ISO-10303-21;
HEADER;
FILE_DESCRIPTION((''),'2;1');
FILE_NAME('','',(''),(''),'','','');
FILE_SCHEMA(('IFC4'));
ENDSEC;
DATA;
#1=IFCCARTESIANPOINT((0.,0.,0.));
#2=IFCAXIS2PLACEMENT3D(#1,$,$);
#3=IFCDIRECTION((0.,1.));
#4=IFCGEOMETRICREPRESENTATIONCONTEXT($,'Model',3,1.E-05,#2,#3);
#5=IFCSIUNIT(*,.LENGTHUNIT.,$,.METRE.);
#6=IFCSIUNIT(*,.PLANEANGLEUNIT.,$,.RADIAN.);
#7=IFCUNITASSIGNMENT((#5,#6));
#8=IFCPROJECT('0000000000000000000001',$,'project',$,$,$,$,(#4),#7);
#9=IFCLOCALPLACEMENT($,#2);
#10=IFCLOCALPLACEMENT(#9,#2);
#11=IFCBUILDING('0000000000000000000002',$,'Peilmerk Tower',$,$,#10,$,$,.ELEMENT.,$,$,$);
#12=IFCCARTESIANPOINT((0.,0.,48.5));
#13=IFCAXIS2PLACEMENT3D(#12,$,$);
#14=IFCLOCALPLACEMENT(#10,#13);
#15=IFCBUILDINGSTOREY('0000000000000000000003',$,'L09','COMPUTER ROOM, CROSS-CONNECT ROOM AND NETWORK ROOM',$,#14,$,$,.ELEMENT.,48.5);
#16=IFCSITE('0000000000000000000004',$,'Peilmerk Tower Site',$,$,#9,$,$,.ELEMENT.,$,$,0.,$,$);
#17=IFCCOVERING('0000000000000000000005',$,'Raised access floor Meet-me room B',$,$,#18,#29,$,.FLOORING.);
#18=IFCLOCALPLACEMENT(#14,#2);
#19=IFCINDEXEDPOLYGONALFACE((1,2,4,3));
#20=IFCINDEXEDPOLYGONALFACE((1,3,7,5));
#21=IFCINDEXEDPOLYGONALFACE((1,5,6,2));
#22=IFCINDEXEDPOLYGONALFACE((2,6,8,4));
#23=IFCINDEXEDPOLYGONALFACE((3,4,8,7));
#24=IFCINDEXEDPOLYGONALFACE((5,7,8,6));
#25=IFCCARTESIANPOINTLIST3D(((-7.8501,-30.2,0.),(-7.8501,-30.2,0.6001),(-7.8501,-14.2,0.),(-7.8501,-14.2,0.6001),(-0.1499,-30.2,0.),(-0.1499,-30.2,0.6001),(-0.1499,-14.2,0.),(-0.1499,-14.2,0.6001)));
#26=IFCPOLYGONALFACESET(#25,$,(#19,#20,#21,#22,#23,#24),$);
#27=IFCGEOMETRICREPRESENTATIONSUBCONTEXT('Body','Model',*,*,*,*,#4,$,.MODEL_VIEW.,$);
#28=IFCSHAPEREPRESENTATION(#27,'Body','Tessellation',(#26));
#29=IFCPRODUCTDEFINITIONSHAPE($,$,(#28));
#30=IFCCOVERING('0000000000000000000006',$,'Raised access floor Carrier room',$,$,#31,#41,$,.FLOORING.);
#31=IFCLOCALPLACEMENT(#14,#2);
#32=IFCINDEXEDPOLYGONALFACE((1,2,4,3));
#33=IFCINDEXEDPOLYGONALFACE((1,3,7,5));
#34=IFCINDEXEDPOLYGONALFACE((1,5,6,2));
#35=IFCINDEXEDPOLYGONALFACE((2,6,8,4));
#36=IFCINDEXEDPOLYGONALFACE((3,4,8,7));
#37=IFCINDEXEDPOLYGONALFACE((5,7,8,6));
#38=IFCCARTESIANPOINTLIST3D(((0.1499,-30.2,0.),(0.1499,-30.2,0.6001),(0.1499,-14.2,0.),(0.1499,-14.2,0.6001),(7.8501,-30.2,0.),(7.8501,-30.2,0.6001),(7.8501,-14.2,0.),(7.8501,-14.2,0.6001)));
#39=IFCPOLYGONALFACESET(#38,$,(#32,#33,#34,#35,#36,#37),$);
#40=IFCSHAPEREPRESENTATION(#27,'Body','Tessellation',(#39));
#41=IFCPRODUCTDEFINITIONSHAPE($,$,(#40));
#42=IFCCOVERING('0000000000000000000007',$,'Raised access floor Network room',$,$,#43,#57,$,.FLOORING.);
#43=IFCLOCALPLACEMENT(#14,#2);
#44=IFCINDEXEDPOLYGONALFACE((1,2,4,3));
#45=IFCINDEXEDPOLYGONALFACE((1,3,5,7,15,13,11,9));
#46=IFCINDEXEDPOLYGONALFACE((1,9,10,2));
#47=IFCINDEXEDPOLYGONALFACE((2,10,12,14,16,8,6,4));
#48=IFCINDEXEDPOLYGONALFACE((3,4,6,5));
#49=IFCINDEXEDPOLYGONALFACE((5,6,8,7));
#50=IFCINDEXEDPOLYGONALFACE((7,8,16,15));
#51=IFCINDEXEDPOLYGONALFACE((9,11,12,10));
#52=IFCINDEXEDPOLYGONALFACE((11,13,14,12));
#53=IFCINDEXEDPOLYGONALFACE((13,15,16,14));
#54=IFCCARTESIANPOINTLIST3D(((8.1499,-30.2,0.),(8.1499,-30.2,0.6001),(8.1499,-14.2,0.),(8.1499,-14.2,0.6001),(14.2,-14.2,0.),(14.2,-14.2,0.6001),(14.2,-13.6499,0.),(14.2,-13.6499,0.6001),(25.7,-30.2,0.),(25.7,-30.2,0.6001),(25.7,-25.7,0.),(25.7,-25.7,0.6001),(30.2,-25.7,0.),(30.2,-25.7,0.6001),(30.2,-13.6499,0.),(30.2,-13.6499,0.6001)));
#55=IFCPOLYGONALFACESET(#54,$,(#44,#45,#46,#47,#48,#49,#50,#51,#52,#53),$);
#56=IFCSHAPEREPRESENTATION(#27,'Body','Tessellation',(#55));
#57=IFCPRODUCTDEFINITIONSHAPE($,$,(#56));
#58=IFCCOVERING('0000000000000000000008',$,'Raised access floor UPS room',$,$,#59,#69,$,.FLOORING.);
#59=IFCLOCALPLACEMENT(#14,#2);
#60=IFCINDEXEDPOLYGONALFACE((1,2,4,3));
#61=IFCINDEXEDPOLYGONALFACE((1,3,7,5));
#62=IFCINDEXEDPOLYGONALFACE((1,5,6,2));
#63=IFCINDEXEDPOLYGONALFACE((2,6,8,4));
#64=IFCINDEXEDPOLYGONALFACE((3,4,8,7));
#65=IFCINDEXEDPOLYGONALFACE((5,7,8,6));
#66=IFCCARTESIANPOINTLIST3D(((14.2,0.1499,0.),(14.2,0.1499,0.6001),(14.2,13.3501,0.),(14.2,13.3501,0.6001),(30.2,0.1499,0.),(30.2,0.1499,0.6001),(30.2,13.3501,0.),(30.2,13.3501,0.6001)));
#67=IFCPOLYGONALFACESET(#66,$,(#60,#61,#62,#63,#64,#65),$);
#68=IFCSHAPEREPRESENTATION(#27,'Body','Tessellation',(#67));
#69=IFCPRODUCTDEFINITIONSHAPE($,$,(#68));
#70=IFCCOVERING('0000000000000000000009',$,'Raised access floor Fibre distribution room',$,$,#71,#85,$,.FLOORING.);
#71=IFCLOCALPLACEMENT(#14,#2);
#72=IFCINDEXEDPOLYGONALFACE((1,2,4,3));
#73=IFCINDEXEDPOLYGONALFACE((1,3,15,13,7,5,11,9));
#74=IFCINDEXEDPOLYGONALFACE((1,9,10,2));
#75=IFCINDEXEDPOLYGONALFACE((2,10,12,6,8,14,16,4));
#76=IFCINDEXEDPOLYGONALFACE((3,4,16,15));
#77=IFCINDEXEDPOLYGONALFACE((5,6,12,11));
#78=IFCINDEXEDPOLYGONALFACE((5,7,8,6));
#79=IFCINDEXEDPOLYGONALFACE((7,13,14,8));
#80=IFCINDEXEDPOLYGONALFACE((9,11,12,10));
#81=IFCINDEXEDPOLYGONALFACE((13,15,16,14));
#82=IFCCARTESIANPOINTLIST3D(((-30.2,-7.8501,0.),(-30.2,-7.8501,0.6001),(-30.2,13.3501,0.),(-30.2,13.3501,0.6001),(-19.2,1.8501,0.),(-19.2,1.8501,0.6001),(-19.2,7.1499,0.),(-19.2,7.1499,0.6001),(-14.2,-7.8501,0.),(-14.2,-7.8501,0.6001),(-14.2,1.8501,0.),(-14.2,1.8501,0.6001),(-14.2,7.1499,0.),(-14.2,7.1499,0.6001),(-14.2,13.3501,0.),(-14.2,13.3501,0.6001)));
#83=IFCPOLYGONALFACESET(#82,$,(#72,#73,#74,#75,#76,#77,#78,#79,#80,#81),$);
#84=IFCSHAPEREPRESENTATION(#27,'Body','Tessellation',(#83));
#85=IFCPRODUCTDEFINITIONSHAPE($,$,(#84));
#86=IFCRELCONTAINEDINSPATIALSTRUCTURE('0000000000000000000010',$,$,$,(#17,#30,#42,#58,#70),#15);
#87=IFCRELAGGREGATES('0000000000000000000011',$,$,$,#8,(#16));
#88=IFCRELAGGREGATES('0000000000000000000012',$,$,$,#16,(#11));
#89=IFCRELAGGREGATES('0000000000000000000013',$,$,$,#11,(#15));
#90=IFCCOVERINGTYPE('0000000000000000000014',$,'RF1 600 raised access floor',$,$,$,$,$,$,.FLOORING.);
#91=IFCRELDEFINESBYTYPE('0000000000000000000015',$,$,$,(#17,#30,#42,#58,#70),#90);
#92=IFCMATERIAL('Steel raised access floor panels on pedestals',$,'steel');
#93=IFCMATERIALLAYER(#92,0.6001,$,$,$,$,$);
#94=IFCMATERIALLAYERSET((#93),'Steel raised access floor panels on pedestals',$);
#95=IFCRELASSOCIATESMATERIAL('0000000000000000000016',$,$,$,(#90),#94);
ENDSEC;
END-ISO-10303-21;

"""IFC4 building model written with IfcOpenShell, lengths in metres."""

from ifc_helpers import new_model, si_unit, direction, frame, origin, place, context, subcontext, project, spatial, polyline, outline, extrude, material, layer, layer_set, type_object, element, save


model = new_model("IFC4")

# Units and contexts
model_context = context("Model", 3, precision=1e-05, world=origin(), true_north=direction((0.0, 1.0)))
body_context = subcontext(model_context, "Body", "Model", "MODEL_VIEW")
ifc_project = project(units=[si_unit("LENGTHUNIT", "METRE"), si_unit("PLANEANGLEUNIT", "RADIAN")], contexts=[model_context])

# Site, building, storey
site_placement = place(None, origin())
site = spatial("IfcSite", under=ifc_project, at=site_placement, Name="Peilmerk Tower Site", CompositionType="ELEMENT", RefElevation=0.0)
building_placement = place(site_placement, origin())
building = spatial("IfcBuilding", under=site, at=building_placement, Name="Peilmerk Tower", CompositionType="ELEMENT")
storey_placement = place(building_placement, frame((0.0, 0.0, 48.5)))
storey = spatial("IfcBuildingStorey", under=building, at=storey_placement, Name="L09", Description="COMPUTER ROOM, CROSS-CONNECT ROOM AND NETWORK ROOM", CompositionType="ELEMENT", Elevation=48.5)

# Coverings
ifc_material_1 = material(Name="Steel raised access floor panels on pedestals", Category="steel")
ifc_layer_1 = layer(ifc_material_1, 0.6001)
ifc_layer_set_1 = layer_set([ifc_layer_1], Name="Steel raised access floor panels on pedestals")
covering_type_1 = type_object("IfcCoveringType", Name="RF1 600 raised access floor", PredefinedType="FLOORING", material=ifc_layer_set_1)
covering_1_placement = place(storey_placement, origin())
element("IfcCovering", 1, at=covering_1_placement, inside=storey, type_object=covering_type_1, Name="Raised access floor Meet-me room B", PredefinedType="FLOORING", context=body_context, shape_type="SweptSolid", body=[
    extrude(outline(polyline([(-7.8501, -30.2), (-0.1499, -30.2), (-0.1499, -14.2), (-7.8501, -14.2), (-7.8501, -30.2)])), origin(), (0.0, 0.0, 1.0), 0.6001),
])
covering_2_placement = place(storey_placement, origin())
element("IfcCovering", 2, at=covering_2_placement, inside=storey, type_object=covering_type_1, Name="Raised access floor Carrier room", PredefinedType="FLOORING", context=body_context, shape_type="SweptSolid", body=[
    extrude(outline(polyline([(0.1499, -30.2), (7.8501, -30.2), (7.8501, -14.2), (0.1499, -14.2), (0.1499, -30.2)])), origin(), (0.0, 0.0, 1.0), 0.6001),
])
covering_3_placement = place(storey_placement, origin())
element("IfcCovering", 3, at=covering_3_placement, inside=storey, type_object=covering_type_1, Name="Raised access floor Network room", PredefinedType="FLOORING", context=body_context, shape_type="SweptSolid", body=[
    extrude(outline(polyline([(8.1499, -30.2), (25.7, -30.2), (25.7, -25.7), (30.2, -25.7), (30.2, -13.6499), (14.2, -13.6499), (14.2, -14.2), (8.1499, -14.2), (8.1499, -30.2)])), origin(), (0.0, 0.0, 1.0), 0.6001),
])
covering_4_placement = place(storey_placement, origin())
element("IfcCovering", 4, at=covering_4_placement, inside=storey, type_object=covering_type_1, Name="Raised access floor UPS room", PredefinedType="FLOORING", context=body_context, shape_type="SweptSolid", body=[
    extrude(outline(polyline([(30.2, 0.1499), (30.2, 13.3501), (14.2, 13.3501), (14.2, 0.1499), (30.2, 0.1499)])), origin(), (0.0, 0.0, 1.0), 0.6001),
])
covering_5_placement = place(storey_placement, origin())
element("IfcCovering", 5, at=covering_5_placement, inside=storey, type_object=covering_type_1, Name="Raised access floor Fibre distribution room", PredefinedType="FLOORING", context=body_context, shape_type="SweptSolid", body=[
    extrude(outline(polyline([(-14.2, 13.3501), (-30.2, 13.3501), (-30.2, -7.8501), (-14.2, -7.8501), (-14.2, 1.8501), (-19.2, 1.8501), (-19.2, 7.1499), (-14.2, 7.1499), (-14.2, 13.3501)])), origin(), (0.0, 0.0, 1.0), 0.6001),
])

save(model, "model.ifc")
